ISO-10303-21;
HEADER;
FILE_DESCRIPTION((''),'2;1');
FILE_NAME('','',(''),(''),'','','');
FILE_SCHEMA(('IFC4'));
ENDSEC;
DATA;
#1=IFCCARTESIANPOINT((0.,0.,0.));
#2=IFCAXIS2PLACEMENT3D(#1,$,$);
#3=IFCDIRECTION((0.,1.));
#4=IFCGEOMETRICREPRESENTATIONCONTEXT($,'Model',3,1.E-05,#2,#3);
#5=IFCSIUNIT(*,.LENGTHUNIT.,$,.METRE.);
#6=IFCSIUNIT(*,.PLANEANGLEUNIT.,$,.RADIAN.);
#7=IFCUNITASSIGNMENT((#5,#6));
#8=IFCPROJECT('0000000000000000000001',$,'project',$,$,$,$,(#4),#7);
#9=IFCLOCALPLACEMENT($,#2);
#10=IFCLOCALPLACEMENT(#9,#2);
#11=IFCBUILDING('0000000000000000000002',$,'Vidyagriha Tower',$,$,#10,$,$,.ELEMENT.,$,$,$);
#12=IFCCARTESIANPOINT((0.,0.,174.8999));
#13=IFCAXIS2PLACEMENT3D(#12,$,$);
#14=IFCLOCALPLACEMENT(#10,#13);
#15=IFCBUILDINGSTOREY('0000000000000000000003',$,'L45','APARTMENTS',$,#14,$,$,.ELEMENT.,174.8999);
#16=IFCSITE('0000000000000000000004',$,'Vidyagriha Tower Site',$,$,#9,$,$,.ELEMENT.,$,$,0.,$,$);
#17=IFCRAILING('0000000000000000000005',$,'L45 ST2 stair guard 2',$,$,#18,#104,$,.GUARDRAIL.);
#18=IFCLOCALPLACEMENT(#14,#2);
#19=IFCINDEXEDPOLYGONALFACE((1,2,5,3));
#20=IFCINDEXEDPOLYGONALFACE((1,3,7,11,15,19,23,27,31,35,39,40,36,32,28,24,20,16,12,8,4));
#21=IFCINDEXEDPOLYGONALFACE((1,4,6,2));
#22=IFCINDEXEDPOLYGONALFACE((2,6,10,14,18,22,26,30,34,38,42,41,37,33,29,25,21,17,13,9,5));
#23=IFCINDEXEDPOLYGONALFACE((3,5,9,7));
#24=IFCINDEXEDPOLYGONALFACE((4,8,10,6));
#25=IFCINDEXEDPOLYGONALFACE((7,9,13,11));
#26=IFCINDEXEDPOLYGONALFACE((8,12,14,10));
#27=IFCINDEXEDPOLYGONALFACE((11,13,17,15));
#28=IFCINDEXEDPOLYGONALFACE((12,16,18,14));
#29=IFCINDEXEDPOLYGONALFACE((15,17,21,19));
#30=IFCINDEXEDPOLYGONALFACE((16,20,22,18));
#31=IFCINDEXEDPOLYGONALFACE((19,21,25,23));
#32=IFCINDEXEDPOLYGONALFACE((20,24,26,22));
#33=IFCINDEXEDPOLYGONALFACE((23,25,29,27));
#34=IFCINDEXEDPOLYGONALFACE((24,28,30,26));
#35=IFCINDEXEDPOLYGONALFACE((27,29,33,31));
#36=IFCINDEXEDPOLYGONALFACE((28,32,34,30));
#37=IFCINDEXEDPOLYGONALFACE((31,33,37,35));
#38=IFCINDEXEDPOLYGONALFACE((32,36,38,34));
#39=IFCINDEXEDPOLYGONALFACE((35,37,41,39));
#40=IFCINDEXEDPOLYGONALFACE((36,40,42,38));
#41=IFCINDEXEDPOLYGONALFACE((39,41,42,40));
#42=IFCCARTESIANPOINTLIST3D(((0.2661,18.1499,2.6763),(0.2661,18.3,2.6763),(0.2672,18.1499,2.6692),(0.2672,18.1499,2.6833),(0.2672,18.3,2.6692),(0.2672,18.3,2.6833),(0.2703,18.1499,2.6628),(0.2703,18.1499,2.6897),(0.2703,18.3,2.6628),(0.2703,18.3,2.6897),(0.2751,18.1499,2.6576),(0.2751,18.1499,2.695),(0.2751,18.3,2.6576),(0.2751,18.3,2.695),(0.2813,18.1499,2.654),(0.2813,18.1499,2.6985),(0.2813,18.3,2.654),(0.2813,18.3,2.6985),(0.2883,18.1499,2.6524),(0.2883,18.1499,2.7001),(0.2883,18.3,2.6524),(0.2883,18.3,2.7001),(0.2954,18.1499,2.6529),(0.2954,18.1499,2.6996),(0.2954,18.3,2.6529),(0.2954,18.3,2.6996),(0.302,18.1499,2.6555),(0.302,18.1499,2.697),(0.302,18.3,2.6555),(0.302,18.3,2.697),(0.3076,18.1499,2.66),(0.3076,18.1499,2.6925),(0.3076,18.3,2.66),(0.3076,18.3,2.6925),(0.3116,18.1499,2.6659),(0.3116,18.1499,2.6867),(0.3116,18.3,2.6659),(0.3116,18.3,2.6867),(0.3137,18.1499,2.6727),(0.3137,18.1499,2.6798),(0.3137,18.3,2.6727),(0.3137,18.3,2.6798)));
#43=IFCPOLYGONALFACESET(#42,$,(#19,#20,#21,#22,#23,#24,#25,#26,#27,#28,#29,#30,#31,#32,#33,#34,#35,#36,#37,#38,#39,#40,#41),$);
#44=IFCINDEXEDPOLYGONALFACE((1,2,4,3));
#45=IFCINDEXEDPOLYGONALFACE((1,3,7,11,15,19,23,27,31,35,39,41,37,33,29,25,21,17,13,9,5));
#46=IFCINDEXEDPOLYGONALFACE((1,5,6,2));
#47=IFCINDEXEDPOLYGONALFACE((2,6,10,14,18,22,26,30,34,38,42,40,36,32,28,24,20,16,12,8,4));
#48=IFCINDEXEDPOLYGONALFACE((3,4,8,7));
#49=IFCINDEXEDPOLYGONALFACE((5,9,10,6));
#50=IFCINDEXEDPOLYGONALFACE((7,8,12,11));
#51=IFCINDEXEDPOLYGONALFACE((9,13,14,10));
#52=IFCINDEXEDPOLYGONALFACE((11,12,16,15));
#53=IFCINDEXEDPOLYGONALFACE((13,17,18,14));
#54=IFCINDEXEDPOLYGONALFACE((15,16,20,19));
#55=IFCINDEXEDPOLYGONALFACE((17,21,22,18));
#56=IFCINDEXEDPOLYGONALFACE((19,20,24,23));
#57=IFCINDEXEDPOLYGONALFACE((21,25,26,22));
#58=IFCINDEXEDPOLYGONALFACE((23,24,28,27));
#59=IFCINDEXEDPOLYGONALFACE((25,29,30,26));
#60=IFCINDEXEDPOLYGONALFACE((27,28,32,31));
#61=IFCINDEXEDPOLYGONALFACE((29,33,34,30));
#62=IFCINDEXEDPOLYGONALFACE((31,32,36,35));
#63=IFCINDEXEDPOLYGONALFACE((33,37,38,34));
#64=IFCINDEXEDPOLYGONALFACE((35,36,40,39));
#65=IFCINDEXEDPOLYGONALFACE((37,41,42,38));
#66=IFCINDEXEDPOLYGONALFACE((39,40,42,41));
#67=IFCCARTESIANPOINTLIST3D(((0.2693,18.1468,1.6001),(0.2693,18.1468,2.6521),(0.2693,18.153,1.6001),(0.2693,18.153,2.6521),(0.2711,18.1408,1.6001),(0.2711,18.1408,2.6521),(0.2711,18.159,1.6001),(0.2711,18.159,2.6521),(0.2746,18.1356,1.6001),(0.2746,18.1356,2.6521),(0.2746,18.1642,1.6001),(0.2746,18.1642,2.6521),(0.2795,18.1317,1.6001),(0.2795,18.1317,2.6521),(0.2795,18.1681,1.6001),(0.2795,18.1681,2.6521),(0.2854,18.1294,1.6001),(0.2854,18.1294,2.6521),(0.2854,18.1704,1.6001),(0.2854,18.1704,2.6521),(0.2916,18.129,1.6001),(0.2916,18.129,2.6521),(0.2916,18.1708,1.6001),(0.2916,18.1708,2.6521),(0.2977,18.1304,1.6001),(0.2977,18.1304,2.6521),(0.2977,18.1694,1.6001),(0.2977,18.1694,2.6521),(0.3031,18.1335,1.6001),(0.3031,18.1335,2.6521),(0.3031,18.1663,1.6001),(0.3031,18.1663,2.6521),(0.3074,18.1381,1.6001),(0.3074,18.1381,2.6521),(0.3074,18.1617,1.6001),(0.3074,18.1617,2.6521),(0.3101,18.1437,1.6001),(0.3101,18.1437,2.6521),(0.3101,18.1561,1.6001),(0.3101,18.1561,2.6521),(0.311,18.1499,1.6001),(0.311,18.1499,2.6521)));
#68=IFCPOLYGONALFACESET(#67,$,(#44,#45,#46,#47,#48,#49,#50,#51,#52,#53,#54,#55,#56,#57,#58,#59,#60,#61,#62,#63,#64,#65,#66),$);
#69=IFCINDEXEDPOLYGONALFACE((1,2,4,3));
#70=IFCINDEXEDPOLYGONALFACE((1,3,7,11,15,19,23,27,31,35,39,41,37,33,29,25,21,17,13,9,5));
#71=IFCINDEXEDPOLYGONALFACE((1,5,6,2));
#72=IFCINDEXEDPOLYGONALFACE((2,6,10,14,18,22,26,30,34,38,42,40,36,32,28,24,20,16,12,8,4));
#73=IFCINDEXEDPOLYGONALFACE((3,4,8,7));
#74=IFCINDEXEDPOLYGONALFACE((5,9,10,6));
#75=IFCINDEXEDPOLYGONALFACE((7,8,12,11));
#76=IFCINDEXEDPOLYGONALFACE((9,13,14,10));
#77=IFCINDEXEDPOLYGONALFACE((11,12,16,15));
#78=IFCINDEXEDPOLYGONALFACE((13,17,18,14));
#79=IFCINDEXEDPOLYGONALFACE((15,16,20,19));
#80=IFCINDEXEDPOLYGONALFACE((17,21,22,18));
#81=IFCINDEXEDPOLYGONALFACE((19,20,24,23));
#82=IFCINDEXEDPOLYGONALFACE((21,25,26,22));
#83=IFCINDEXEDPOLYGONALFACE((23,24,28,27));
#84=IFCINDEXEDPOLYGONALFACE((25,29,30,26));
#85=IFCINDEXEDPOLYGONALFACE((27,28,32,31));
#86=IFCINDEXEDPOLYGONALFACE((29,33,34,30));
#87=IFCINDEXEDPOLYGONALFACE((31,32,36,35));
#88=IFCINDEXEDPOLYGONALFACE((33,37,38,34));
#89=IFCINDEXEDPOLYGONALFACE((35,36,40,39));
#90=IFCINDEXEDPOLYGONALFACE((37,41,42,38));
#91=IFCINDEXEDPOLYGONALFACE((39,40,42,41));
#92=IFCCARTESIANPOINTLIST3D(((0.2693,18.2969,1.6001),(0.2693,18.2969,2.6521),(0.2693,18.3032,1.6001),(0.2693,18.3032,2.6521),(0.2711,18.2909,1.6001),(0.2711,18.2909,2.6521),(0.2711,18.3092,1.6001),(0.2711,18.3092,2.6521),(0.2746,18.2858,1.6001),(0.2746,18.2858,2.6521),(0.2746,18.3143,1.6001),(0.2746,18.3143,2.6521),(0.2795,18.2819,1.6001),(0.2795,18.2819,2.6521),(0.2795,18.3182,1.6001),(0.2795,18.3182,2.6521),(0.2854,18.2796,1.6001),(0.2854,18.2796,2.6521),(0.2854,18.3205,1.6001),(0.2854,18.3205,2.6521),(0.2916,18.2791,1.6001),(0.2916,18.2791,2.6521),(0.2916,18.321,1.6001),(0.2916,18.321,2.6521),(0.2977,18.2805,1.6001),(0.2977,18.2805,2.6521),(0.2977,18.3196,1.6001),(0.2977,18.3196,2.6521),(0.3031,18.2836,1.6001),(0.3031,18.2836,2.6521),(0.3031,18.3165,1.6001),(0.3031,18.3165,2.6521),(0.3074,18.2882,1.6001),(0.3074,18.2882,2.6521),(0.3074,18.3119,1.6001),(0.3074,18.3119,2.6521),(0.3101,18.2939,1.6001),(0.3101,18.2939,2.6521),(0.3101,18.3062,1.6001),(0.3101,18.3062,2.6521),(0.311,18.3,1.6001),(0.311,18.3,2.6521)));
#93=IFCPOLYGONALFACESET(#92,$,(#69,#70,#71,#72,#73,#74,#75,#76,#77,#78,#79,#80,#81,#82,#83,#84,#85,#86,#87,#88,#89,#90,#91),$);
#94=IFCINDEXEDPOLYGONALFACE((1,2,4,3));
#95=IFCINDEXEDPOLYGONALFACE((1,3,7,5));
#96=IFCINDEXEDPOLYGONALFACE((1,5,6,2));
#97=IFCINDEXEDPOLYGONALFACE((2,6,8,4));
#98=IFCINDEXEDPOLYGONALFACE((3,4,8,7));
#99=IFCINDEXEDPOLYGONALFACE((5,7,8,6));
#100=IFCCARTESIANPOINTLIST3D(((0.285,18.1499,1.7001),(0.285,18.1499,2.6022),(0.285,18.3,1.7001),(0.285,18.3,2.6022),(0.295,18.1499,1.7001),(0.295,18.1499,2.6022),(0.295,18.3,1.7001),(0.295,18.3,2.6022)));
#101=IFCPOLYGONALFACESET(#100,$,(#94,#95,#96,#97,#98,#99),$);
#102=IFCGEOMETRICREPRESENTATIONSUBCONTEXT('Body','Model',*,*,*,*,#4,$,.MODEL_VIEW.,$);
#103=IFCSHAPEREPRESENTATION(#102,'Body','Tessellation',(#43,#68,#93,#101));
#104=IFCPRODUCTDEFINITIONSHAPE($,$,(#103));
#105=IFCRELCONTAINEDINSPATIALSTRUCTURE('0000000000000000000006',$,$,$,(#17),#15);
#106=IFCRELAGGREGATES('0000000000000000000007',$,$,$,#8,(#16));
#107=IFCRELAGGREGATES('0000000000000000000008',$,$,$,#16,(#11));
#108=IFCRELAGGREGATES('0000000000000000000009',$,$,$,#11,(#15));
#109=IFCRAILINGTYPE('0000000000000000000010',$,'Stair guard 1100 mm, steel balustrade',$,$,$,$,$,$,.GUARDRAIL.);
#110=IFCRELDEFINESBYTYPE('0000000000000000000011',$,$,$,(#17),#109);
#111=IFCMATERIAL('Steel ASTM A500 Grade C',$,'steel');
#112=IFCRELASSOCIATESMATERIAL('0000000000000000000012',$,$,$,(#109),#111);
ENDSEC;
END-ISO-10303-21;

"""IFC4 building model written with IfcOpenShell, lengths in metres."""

from ifc_helpers import new_model, si_unit, direction, frame, origin, origin_2d, place, context, subcontext, project, spatial, rectangle, circle, extrude, material, type_object, element, save


model = new_model("IFC4")

# Units and contexts
model_context = context("Model", 3, precision=1e-05, world=origin(), true_north=direction((0.0, 1.0)))
body_context = subcontext(model_context, "Body", "Model", "MODEL_VIEW")
ifc_project = project(units=[si_unit("LENGTHUNIT", "METRE"), si_unit("PLANEANGLEUNIT", "RADIAN")], contexts=[model_context])

# Site, building, storey
site_placement = place(None, origin())
site = spatial("IfcSite", under=ifc_project, at=site_placement, Name="Vidyagriha Tower Site", CompositionType="ELEMENT", RefElevation=0.0)
building_placement = place(site_placement, origin())
building = spatial("IfcBuilding", under=site, at=building_placement, Name="Vidyagriha Tower", CompositionType="ELEMENT")
storey_placement = place(building_placement, frame((0.0, 0.0, 174.8999)))
storey = spatial("IfcBuildingStorey", under=building, at=storey_placement, Name="L45", Description="APARTMENTS", CompositionType="ELEMENT", Elevation=174.8999)

# Railing
ifc_material_1 = material(Name="Steel ASTM A500 Grade C", Category="steel")
railing_type_1 = type_object("IfcRailingType", Name="Stair guard 1100 mm, steel balustrade", PredefinedType="GUARDRAIL", material=ifc_material_1)
railing_1_placement = place(storey_placement, frame((0.29, 18.1499, 1.6001)))
element("IfcRailing", 1, at=railing_1_placement, inside=storey, type_object=railing_type_1, Name="L45 ST2 stair guard 2", PredefinedType="GUARDRAIL", context=body_context, shape_type="SweptSolid", body=[
    extrude(circle(Radius=0.0239, at=origin_2d()), frame((0.0, 0.0, 1.0762), z_axis=(0.0, 1.0, 0.0), x_axis=(-1.0, 0.0, 0.0)), (0.0, 0.0, 1.0), 0.1501),
    extrude(circle(Radius=0.021, at=origin_2d()), origin(), (0.0, 0.0, 1.0), 1.052),
    extrude(circle(Radius=0.021, at=origin_2d()), frame((0.0, 0.1501, 0.0)), (0.0, 0.0, 1.0), 1.052),
    extrude(rectangle(XDim=0.01, YDim=0.9021, at=origin_2d()), frame((0.0, 0.0, 0.551), z_axis=(0.0, 1.0, 0.0), x_axis=(-1.0, 0.0, 0.0)), (0.0, 0.0, 1.0), 0.1501),
])

save(model, "model.ifc")
